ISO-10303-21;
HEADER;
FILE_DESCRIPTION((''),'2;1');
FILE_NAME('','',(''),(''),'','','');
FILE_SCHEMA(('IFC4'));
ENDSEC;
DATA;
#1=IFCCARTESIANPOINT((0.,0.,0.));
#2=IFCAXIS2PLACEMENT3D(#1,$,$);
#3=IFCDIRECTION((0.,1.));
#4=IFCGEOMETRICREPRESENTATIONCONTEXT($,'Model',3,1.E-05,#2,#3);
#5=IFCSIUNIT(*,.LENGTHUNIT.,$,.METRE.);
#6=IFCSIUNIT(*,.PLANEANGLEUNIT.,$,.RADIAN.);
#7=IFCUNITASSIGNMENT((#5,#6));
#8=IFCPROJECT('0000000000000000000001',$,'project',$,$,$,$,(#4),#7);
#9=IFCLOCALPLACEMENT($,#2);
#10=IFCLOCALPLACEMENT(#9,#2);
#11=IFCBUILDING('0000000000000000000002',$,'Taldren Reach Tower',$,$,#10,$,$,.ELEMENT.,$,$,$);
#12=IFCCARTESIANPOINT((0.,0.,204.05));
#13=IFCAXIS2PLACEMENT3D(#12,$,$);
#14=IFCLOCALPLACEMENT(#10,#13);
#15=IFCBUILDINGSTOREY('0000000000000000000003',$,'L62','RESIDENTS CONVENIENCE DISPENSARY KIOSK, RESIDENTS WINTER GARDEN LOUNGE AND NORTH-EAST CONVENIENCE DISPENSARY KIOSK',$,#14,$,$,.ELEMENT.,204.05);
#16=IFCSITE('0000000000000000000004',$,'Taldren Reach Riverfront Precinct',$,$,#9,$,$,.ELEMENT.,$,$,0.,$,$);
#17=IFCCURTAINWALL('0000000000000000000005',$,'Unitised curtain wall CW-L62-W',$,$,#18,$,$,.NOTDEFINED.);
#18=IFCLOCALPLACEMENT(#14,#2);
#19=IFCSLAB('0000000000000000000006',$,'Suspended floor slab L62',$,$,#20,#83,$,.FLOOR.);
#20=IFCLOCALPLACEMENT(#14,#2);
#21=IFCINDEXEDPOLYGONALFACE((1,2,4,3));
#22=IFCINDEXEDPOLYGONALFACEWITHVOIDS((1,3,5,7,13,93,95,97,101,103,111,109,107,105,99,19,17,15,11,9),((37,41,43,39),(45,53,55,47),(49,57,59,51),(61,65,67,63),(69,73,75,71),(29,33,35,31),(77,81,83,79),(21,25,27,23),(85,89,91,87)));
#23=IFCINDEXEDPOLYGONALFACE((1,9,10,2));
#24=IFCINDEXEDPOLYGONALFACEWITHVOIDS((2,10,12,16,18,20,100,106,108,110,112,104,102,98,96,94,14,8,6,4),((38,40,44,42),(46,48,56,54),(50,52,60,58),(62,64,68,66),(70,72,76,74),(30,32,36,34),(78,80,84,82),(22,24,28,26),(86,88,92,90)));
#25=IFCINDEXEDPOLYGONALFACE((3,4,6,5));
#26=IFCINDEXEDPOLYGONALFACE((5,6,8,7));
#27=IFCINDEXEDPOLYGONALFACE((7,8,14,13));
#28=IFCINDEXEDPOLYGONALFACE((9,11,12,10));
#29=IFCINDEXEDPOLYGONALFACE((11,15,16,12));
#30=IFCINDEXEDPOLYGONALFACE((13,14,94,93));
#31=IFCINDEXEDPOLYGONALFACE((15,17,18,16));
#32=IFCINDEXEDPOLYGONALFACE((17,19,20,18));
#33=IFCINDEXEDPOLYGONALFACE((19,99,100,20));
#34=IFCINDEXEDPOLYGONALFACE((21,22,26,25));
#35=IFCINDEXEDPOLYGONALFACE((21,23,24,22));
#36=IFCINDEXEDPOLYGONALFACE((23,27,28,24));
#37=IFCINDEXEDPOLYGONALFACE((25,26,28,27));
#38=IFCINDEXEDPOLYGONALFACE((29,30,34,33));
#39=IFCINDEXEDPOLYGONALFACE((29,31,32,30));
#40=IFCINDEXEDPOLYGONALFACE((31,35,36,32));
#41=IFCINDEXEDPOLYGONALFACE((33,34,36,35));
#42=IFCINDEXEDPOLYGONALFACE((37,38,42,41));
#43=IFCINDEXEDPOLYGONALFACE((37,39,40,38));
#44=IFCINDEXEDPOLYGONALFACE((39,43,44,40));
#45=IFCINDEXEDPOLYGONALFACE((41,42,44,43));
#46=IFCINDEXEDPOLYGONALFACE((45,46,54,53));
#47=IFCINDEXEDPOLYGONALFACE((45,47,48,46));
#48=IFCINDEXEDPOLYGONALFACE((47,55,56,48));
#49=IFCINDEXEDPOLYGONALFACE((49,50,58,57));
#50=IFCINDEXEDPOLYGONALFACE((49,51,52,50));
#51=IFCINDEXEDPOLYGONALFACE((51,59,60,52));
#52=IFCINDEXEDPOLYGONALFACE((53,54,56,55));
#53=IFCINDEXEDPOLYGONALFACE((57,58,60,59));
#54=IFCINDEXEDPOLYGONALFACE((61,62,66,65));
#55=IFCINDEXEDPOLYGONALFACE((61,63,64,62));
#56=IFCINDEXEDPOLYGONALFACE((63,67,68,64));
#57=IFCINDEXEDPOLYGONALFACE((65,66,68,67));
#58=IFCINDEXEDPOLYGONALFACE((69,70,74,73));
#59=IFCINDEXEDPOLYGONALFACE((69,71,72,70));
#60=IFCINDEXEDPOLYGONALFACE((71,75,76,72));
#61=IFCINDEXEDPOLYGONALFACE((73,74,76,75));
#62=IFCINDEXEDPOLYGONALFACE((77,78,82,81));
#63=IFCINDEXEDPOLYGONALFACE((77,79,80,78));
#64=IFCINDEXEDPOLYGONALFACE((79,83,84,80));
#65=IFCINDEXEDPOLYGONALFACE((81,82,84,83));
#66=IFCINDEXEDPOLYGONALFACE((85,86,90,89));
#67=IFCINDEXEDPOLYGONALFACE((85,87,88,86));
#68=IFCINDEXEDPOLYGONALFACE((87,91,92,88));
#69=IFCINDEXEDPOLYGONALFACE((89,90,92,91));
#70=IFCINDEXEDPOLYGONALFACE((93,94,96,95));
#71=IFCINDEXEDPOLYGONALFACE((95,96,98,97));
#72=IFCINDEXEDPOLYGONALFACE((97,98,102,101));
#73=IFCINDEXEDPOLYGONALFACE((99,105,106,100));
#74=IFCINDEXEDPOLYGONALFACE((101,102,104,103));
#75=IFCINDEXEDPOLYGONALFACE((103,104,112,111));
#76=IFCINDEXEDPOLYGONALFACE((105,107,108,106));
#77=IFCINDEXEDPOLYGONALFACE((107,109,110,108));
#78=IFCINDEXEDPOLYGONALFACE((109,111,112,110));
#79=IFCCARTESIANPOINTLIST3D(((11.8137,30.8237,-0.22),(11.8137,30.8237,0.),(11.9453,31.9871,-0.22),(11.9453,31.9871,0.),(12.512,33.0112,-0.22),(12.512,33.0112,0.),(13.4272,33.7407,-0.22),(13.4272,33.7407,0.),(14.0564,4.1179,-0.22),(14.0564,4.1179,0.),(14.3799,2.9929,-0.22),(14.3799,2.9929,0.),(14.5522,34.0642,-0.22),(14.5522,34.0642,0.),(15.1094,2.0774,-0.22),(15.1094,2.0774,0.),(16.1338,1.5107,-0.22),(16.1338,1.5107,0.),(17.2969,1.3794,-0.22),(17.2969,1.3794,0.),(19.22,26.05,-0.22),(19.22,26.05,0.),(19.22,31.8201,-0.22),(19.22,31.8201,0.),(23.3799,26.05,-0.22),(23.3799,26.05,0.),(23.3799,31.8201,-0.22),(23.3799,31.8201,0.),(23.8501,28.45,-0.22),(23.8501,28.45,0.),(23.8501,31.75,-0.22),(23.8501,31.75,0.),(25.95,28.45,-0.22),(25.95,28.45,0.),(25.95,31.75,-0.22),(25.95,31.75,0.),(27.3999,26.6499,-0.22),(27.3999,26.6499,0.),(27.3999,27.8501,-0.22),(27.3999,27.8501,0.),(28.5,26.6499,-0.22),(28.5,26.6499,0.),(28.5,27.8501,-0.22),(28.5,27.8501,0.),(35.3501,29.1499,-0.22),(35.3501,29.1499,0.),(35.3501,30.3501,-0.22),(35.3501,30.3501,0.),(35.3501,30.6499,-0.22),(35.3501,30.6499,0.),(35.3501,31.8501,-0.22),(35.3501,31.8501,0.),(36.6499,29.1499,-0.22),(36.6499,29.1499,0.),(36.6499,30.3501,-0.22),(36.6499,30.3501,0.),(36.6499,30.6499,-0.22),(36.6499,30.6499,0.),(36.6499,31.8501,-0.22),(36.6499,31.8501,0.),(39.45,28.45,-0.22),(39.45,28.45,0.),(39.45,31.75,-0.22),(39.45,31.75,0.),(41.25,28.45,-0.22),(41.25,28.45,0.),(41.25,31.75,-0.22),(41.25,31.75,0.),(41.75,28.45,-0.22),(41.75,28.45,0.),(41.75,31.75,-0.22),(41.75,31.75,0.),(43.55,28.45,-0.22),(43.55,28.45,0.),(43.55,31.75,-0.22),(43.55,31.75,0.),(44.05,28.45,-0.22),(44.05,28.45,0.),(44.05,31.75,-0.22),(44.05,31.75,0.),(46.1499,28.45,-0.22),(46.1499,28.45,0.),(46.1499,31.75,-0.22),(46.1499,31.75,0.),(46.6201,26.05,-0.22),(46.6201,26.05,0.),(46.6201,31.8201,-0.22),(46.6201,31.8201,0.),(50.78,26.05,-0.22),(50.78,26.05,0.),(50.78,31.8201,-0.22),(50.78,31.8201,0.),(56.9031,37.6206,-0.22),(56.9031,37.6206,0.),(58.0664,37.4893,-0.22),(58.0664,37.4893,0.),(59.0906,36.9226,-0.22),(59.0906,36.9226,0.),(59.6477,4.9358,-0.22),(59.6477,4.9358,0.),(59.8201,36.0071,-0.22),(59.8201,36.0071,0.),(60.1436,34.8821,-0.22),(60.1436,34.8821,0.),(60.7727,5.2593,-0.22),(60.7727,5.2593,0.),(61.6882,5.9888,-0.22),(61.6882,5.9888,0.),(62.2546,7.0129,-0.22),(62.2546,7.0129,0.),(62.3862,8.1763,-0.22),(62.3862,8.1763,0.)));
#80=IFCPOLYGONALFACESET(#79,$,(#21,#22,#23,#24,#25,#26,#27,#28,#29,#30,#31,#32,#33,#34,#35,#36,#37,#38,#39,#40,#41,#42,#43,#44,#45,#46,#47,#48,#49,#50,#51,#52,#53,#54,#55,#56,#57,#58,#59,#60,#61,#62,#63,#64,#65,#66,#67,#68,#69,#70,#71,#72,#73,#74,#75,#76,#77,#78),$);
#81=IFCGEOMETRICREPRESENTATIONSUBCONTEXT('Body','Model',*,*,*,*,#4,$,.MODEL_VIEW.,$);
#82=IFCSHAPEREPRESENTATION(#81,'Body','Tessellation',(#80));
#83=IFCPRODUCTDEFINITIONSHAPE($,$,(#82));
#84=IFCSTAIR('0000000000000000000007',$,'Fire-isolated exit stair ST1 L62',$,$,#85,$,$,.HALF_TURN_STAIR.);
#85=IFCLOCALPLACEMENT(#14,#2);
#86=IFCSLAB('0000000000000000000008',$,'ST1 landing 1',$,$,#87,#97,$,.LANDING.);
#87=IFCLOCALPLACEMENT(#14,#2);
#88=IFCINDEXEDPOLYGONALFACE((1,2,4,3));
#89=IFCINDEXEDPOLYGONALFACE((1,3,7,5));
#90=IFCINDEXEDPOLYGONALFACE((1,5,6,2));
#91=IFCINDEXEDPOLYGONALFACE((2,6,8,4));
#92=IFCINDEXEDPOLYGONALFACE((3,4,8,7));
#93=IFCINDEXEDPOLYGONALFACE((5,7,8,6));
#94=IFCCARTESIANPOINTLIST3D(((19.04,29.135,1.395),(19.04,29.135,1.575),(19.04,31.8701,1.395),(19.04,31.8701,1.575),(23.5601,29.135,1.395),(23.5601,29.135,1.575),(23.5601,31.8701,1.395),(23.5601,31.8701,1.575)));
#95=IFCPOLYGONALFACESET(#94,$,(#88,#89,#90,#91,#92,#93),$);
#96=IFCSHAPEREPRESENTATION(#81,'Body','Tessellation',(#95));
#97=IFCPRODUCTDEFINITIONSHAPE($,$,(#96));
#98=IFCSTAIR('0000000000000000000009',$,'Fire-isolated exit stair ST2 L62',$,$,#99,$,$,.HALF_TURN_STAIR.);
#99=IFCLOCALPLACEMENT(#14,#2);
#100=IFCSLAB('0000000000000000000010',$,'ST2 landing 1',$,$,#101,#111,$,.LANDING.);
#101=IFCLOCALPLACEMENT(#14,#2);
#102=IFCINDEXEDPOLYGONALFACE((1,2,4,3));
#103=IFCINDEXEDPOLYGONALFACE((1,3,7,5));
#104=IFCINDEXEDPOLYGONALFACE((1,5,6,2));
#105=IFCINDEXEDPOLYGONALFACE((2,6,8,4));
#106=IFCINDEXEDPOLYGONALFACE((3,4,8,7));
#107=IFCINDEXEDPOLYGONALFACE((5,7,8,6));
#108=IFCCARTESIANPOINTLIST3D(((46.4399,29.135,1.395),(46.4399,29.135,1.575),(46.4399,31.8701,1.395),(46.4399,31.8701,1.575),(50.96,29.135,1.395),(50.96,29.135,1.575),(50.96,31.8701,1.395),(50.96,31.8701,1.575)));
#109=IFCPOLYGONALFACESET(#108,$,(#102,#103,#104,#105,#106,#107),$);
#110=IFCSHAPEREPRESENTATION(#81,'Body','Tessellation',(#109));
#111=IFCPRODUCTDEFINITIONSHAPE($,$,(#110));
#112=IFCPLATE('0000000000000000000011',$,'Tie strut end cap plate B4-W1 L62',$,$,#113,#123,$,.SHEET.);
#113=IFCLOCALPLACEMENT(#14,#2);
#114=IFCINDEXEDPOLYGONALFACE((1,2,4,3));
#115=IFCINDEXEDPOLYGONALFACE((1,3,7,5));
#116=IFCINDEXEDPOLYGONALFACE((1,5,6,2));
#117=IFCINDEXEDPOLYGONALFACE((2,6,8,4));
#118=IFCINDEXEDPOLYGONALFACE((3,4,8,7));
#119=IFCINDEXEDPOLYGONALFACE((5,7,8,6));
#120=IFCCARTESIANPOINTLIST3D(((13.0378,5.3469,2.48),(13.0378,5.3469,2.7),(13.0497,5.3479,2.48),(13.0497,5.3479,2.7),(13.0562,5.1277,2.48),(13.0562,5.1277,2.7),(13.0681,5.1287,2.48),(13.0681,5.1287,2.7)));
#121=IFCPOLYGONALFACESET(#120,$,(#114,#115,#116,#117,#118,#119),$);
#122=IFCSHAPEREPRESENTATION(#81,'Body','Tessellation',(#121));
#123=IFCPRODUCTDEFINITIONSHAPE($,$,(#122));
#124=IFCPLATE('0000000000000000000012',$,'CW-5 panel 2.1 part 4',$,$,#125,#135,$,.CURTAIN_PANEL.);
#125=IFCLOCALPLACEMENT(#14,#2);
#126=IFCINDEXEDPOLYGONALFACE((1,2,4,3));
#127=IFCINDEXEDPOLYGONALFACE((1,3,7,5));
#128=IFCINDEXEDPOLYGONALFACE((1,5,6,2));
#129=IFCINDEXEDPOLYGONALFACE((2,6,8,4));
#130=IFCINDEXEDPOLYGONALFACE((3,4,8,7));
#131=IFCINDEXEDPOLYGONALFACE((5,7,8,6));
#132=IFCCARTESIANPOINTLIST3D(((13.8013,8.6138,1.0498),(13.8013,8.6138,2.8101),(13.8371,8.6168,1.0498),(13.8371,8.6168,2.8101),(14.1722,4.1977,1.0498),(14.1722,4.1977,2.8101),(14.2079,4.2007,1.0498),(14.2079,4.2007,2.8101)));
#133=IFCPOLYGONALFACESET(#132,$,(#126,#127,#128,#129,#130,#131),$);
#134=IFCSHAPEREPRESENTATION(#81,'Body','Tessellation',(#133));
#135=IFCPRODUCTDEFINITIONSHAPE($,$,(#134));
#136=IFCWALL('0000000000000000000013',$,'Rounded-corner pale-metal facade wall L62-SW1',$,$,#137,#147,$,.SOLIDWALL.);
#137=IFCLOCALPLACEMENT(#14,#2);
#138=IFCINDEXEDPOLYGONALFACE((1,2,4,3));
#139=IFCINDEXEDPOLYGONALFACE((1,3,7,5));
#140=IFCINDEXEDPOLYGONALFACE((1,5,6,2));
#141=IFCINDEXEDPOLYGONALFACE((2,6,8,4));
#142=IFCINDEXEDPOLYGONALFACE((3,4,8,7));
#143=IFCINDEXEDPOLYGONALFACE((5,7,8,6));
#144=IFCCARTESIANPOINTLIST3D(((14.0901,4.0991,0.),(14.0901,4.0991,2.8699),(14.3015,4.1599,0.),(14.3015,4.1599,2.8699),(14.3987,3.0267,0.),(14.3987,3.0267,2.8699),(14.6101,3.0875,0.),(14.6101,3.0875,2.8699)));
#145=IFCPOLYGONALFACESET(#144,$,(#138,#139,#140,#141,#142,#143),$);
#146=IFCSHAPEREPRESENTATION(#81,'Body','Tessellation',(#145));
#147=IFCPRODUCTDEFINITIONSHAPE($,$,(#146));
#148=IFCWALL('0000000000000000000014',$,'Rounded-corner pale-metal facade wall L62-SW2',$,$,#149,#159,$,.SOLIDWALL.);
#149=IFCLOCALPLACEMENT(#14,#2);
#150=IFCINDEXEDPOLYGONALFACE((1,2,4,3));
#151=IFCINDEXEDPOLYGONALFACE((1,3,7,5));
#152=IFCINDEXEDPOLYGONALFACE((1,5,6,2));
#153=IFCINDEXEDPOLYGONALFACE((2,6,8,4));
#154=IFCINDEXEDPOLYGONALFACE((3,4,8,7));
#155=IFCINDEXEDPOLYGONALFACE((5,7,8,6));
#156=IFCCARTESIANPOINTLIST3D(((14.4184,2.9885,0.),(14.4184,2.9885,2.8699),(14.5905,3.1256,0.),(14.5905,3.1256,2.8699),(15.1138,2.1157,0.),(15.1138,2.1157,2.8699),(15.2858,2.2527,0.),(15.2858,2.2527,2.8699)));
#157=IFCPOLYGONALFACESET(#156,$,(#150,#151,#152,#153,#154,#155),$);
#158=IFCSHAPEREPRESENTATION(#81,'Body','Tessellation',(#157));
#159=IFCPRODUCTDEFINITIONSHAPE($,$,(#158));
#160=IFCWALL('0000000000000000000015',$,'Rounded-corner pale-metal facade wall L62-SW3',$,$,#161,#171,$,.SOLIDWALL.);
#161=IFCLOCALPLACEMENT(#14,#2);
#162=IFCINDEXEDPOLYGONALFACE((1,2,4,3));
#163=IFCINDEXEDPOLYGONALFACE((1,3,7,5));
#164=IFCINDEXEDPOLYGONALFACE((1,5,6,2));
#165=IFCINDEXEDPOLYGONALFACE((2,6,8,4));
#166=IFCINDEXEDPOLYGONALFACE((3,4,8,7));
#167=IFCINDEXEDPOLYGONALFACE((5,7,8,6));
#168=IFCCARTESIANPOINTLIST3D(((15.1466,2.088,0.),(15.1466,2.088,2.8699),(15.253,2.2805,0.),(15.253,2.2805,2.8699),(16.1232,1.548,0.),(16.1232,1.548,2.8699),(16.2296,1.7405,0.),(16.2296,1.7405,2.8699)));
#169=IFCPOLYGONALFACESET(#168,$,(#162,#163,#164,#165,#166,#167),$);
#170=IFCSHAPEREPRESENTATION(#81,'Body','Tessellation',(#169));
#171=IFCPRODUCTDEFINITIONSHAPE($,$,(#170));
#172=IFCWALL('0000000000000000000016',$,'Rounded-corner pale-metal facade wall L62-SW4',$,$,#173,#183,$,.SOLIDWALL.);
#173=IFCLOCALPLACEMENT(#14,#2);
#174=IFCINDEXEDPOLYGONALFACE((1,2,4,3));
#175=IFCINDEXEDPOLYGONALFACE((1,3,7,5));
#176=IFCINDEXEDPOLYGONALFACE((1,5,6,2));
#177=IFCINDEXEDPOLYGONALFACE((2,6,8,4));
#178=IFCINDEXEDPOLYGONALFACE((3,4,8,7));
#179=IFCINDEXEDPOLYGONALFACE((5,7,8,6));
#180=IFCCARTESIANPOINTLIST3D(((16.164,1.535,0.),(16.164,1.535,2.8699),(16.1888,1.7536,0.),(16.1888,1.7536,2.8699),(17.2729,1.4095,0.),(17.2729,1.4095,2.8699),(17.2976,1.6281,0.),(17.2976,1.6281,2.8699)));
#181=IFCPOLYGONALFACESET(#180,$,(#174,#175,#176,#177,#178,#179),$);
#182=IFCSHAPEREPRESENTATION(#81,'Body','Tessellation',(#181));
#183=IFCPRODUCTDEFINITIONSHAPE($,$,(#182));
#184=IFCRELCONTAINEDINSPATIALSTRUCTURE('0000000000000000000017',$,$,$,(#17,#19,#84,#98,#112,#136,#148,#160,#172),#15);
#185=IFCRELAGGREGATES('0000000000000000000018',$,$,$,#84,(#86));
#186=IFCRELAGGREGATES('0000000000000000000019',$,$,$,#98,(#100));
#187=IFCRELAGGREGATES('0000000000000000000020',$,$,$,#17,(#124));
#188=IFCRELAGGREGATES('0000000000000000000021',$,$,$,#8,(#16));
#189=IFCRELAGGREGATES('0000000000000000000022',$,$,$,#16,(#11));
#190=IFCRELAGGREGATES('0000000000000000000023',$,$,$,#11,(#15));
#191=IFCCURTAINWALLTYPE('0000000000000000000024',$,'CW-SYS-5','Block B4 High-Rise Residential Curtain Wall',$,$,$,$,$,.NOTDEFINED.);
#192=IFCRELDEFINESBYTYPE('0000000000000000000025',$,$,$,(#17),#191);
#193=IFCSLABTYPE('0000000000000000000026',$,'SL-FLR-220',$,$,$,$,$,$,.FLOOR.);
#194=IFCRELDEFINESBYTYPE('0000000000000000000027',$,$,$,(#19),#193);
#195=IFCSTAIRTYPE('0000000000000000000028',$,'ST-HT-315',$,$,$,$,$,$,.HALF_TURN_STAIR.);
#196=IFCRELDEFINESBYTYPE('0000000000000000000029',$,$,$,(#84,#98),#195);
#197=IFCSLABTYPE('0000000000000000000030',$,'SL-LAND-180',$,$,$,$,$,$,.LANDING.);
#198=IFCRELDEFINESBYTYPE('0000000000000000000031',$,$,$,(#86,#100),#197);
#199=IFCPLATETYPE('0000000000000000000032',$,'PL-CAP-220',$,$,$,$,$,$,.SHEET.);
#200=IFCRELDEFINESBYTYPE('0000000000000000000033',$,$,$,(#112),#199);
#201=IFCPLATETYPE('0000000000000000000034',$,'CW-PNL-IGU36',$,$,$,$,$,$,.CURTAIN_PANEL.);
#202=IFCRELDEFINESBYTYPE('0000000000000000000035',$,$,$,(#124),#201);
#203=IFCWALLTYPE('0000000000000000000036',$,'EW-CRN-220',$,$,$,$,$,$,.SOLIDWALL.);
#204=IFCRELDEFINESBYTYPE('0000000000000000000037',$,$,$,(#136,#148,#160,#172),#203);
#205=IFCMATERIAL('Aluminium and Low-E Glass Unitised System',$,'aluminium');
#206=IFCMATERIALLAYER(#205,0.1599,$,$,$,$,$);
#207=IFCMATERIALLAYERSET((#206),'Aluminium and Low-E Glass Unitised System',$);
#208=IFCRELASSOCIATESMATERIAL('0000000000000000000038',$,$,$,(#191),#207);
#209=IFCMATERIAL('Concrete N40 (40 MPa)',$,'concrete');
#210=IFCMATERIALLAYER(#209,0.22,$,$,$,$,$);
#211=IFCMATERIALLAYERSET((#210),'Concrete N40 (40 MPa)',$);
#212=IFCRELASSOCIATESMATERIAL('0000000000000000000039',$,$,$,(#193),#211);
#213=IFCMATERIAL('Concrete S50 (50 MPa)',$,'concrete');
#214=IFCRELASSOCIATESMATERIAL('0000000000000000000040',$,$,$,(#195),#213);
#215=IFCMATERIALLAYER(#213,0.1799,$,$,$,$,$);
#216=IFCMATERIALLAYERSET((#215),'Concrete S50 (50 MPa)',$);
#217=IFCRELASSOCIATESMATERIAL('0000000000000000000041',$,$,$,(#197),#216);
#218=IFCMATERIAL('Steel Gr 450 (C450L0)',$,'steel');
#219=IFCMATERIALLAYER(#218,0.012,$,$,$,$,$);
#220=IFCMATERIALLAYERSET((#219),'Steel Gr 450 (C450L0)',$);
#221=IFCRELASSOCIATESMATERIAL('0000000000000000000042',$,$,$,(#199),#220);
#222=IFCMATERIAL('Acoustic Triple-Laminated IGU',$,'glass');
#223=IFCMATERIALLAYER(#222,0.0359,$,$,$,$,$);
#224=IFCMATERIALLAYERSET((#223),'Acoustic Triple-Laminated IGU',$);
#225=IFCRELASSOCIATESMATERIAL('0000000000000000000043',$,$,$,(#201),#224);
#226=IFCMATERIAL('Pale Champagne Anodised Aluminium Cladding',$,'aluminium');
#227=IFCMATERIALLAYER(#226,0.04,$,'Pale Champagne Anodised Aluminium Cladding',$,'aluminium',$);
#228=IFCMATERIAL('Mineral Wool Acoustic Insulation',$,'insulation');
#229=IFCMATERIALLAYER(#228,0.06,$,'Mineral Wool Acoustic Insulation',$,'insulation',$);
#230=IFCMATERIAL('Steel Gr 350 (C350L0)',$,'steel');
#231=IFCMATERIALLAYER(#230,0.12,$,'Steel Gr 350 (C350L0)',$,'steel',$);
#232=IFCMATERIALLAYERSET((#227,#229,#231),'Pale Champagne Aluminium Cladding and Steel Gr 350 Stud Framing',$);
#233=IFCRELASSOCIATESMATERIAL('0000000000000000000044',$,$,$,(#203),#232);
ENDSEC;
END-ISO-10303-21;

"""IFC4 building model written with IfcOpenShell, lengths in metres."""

from ifc_helpers import new_model, si_unit, direction, frame, frame_2d, origin, origin_2d, place, context, subcontext, project, spatial, polyline, rectangle, outline, extrude, source, transform, mapped, material, layer, layer_set, type_object, element, aggregate, save


model = new_model("IFC4")

# Units and contexts
model_context = context("Model", 3, precision=1e-05, world=origin(), true_north=direction((0.0, 1.0)))
body_context = subcontext(model_context, "Body", "Model", "MODEL_VIEW")
ifc_project = project(units=[si_unit("LENGTHUNIT", "METRE"), si_unit("PLANEANGLEUNIT", "RADIAN")], contexts=[model_context])

# Site, building, storey
site_placement = place(None, origin())
site = spatial("IfcSite", under=ifc_project, at=site_placement, Name="Taldren Reach Riverfront Precinct", CompositionType="ELEMENT", RefElevation=0.0)
building_placement = place(site_placement, origin())
building = spatial("IfcBuilding", under=site, at=building_placement, Name="Taldren Reach Tower", CompositionType="ELEMENT")
storey_placement = place(building_placement, frame((0.0, 0.0, 204.05)))
storey = spatial("IfcBuildingStorey", under=building, at=storey_placement, Name="L62", Description="RESIDENTS CONVENIENCE DISPENSARY KIOSK, RESIDENTS WINTER GARDEN LOUNGE AND NORTH-EAST CONVENIENCE DISPENSARY KIOSK", CompositionType="ELEMENT", Elevation=204.05)

# Shared definitions
ifc_material_1 = material(Name="Steel Gr 350 (C350L0)", Category="steel")

# Shared definitions
ifc_material_2 = material(Name="Steel Gr 450 (C450L0)", Category="steel")

# Curtain wall
ifc_material_3 = material(Name="Aluminium and Low-E Glass Unitised System", Category="aluminium")
ifc_layer_1 = layer(ifc_material_3, 0.1599)
ifc_layer_set_1 = layer_set([ifc_layer_1], Name="Aluminium and Low-E Glass Unitised System")
curtain_wall_type = type_object("IfcCurtainWallType", Name="CW-SYS-5", Description="Block B4 High-Rise Residential Curtain Wall", PredefinedType="NOTDEFINED", material=ifc_layer_set_1)
curtain_wall_1_placement = place(storey_placement, origin())
curtain_wall_1 = element("IfcCurtainWall", 1, at=curtain_wall_1_placement, inside=storey, type_object=curtain_wall_type, Name="Unitised curtain wall CW-L62-W", PredefinedType="NOTDEFINED")

# Slab
ifc_material_4 = material(Name="Concrete N40 (40 MPa)", Category="concrete")
ifc_layer_2 = layer(ifc_material_4, 0.22)
ifc_layer_set_2 = layer_set([ifc_layer_2], Name="Concrete N40 (40 MPa)")
slab_type_1 = type_object("IfcSlabType", Name="SL-FLR-220", PredefinedType="FLOOR", material=ifc_layer_set_2)
slab_1_placement = place(storey_placement, frame((0.0, 0.0, -0.22)))
element("IfcSlab", 2, at=slab_1_placement, inside=storey, type_object=slab_type_1, Name="Suspended floor slab L62", PredefinedType="FLOOR", context=body_context, shape_type="SweptSolid", body=[
    extrude(outline(polyline([(59.6477, 4.9358), (60.7727, 5.2593), (61.6882, 5.9888), (62.2546, 7.0129), (62.3862, 8.1763), (60.1436, 34.8821), (59.8201, 36.0071), (59.0906, 36.9226), (58.0664, 37.4893), (56.9031, 37.6206), (14.5522, 34.0642), (13.4272, 33.7407), (12.512, 33.0112), (11.9453, 31.9871), (11.8137, 30.8237), (14.0564, 4.1179), (14.3799, 2.9929), (15.1094, 2.0774), (16.1338, 1.5107), (17.2969, 1.3794), (59.6477, 4.9358)]), holes=[polyline([(19.22, 26.05), (23.3799, 26.05), (23.3799, 31.8201), (19.22, 31.8201), (19.22, 26.05)]), polyline([(46.6201, 26.05), (50.78, 26.05), (50.78, 31.8201), (46.6201, 31.8201), (46.6201, 26.05)]), polyline([(23.8501, 28.45), (25.95, 28.45), (25.95, 31.75), (23.8501, 31.75), (23.8501, 28.45)]), polyline([(44.05, 28.45), (46.1499, 28.45), (46.1499, 31.75), (44.05, 31.75), (44.05, 28.45)]), polyline([(39.45, 28.45), (41.25, 28.45), (41.25, 31.75), (39.45, 31.75), (39.45, 28.45)]), polyline([(41.75, 28.45), (43.55, 28.45), (43.55, 31.75), (41.75, 31.75), (41.75, 28.45)]), polyline([(35.3501, 30.6499), (36.6499, 30.6499), (36.6499, 31.8501), (35.3501, 31.8501), (35.3501, 30.6499)]), polyline([(35.3501, 29.1499), (36.6499, 29.1499), (36.6499, 30.3501), (35.3501, 30.3501), (35.3501, 29.1499)]), polyline([(27.3999, 26.6499), (28.5, 26.6499), (28.5, 27.8501), (27.3999, 27.8501), (27.3999, 26.6499)])]), origin(), (0.0, 0.0, 1.0), 0.22),
])

# Stairs, slabs
ifc_material_5 = material(Name="Concrete S50 (50 MPa)", Category="concrete")
stair_type = type_object("IfcStairType", Name="ST-HT-315", PredefinedType="HALF_TURN_STAIR", material=ifc_material_5)
stair_1_placement = place(storey_placement, origin())
stair_1 = element("IfcStair", 3, at=stair_1_placement, inside=storey, type_object=stair_type, Name="Fire-isolated exit stair ST1 L62", PredefinedType="HALF_TURN_STAIR")
ifc_layer_3 = layer(ifc_material_5, 0.1799)
ifc_layer_set_3 = layer_set([ifc_layer_3], Name="Concrete S50 (50 MPa)")
slab_type_2 = type_object("IfcSlabType", Name="SL-LAND-180", PredefinedType="LANDING", material=ifc_layer_set_3)
slab_2_placement = place(storey_placement, frame((0.0, 0.0, 1.395)))
slab_2 = element("IfcSlab", 4, at=slab_2_placement, type_object=slab_type_2, Name="ST1 landing 1", PredefinedType="LANDING", context=body_context, shape_type="SweptSolid", body=[
    extrude(outline(polyline([(19.04, 29.135), (23.5601, 29.135), (23.5601, 31.8701), (19.04, 31.8701), (19.04, 29.135)])), origin(), (0.0, 0.0, 1.0), 0.1799),
])
aggregate(stair_1, [slab_2])
stair_2_placement = place(storey_placement, origin())
stair_2 = element("IfcStair", 5, at=stair_2_placement, inside=storey, type_object=stair_type, Name="Fire-isolated exit stair ST2 L62", PredefinedType="HALF_TURN_STAIR")
slab_3_placement = place(storey_placement, frame((0.0, 0.0, 1.395)))
slab_3 = element("IfcSlab", 6, at=slab_3_placement, type_object=slab_type_2, Name="ST2 landing 1", PredefinedType="LANDING", context=body_context, shape_type="SweptSolid", body=[
    extrude(outline(polyline([(46.4399, 29.135), (50.96, 29.135), (50.96, 31.8701), (46.4399, 31.8701), (46.4399, 29.135)])), origin(), (0.0, 0.0, 1.0), 0.1799),
])
aggregate(stair_2, [slab_3])

# Plates
ifc_layer_4 = layer(ifc_material_2, 0.012)
ifc_layer_set_4 = layer_set([ifc_layer_4], Name="Steel Gr 450 (C450L0)")
plate_type_1 = type_object("IfcPlateType", Name="PL-CAP-220", PredefinedType="SHEET", material=ifc_layer_set_4)
shared_shape_1 = source(origin(), body_context, "Body", "SweptSolid", [
    extrude(rectangle(XDim=0.012, YDim=0.22, at=origin_2d()), origin(), (0.0, 0.0, 1.0), 0.22),
])
plate_1_placement = place(storey_placement, frame((13.053, 5.2378, 2.48), z_axis=(0.0, 0.0, 1.0), x_axis=(0.996493, 0.083678, 0.0)))
element("IfcPlate", 7, at=plate_1_placement, inside=storey, type_object=plate_type_1, Name="Tie strut end cap plate B4-W1 L62", PredefinedType="SHEET", context=body_context, shape_type="MappedRepresentation", body=[
    mapped(shared_shape_1, transform((0.0, 0.0, 0.0), scale=1.0)),
])
ifc_material_6 = material(Name="Acoustic Triple-Laminated IGU", Category="glass")
ifc_layer_5 = layer(ifc_material_6, 0.0359)
ifc_layer_set_5 = layer_set([ifc_layer_5], Name="Acoustic Triple-Laminated IGU")
plate_type_2 = type_object("IfcPlateType", Name="CW-PNL-IGU36", PredefinedType="CURTAIN_PANEL", material=ifc_layer_set_5)
shared_shape_2 = source(origin(), body_context, "Body", "SweptSolid", [
    extrude(rectangle(XDim=4.4316, YDim=0.0359, at=origin_2d()), origin(), (0.0, 0.0, 1.0), 1.7603),
])
plate_2_placement = place(storey_placement, frame((14.0046, 6.4072, 1.0498), z_axis=(0.0, 0.0, 1.0), x_axis=(0.083678, -0.996493, 0.0)))
plate_2 = element("IfcPlate", 8, at=plate_2_placement, type_object=plate_type_2, Name="CW-5 panel 2.1 part 4", PredefinedType="CURTAIN_PANEL", context=body_context, shape_type="MappedRepresentation", body=[
    mapped(shared_shape_2, transform((0.0, 0.0, 0.0), scale=1.0)),
])
aggregate(curtain_wall_1, [plate_2])

# Walls
ifc_material_7 = material(Name="Pale Champagne Anodised Aluminium Cladding", Category="aluminium")
ifc_layer_6 = layer(ifc_material_7, 0.04, Name="Pale Champagne Anodised Aluminium Cladding", Category="aluminium")
ifc_material_8 = material(Name="Mineral Wool Acoustic Insulation", Category="insulation")
ifc_layer_7 = layer(ifc_material_8, 0.06, Name="Mineral Wool Acoustic Insulation", Category="insulation")
ifc_layer_8 = layer(ifc_material_1, 0.12, Name="Steel Gr 350 (C350L0)", Category="steel")
ifc_layer_set_6 = layer_set([ifc_layer_6, ifc_layer_7, ifc_layer_8], Name="Pale Champagne Aluminium Cladding and Steel Gr 350 Stud Framing")
wall_type = type_object("IfcWallType", Name="EW-CRN-220", PredefinedType="SOLIDWALL", material=ifc_layer_set_6)
shared_shape_3 = source(origin(), body_context, "Body", "SweptSolid", [
    extrude(rectangle(XDim=1.116, YDim=0.22, at=frame_2d((0.5581, 0.0))), origin(), (0.0, 0.0, 1.0), 2.8699),
])
for number, where, z_axis, x_axis, name in (
    (9, (14.1958, 4.1296, 0.0), (0.0, 0.0, 1.0), (0.276512, -0.96101, 0.0), "Rounded-corner pale-metal facade wall L62-SW1"),
    (10, (14.5044, 3.0571, 0.0), (0.0, 0.0, 1.0), (0.623093, -0.782148, 0.0), "Rounded-corner pale-metal facade wall L62-SW2"),
    (11, (15.1997, 2.1843, 0.0), (0.0, 0.0, 1.0), (0.875105, -0.483933, 0.0), "Rounded-corner pale-metal facade wall L62-SW3"),
    (12, (16.1763, 1.6443, 0.0), (0.0, 0.0, 1.0), (0.993658, -0.112448, 0.0), "Rounded-corner pale-metal facade wall L62-SW4"),
):
    element("IfcWall", number, at=place(storey_placement, frame(where, z_axis=z_axis, x_axis=x_axis)), inside=storey, type_object=wall_type, Name=name, PredefinedType="SOLIDWALL", context=body_context, shape_type="MappedRepresentation", body=[
        mapped(shared_shape_3, transform((0.0, 0.0, 0.0), scale=1.0)),
    ])

save(model, "model.ifc")
